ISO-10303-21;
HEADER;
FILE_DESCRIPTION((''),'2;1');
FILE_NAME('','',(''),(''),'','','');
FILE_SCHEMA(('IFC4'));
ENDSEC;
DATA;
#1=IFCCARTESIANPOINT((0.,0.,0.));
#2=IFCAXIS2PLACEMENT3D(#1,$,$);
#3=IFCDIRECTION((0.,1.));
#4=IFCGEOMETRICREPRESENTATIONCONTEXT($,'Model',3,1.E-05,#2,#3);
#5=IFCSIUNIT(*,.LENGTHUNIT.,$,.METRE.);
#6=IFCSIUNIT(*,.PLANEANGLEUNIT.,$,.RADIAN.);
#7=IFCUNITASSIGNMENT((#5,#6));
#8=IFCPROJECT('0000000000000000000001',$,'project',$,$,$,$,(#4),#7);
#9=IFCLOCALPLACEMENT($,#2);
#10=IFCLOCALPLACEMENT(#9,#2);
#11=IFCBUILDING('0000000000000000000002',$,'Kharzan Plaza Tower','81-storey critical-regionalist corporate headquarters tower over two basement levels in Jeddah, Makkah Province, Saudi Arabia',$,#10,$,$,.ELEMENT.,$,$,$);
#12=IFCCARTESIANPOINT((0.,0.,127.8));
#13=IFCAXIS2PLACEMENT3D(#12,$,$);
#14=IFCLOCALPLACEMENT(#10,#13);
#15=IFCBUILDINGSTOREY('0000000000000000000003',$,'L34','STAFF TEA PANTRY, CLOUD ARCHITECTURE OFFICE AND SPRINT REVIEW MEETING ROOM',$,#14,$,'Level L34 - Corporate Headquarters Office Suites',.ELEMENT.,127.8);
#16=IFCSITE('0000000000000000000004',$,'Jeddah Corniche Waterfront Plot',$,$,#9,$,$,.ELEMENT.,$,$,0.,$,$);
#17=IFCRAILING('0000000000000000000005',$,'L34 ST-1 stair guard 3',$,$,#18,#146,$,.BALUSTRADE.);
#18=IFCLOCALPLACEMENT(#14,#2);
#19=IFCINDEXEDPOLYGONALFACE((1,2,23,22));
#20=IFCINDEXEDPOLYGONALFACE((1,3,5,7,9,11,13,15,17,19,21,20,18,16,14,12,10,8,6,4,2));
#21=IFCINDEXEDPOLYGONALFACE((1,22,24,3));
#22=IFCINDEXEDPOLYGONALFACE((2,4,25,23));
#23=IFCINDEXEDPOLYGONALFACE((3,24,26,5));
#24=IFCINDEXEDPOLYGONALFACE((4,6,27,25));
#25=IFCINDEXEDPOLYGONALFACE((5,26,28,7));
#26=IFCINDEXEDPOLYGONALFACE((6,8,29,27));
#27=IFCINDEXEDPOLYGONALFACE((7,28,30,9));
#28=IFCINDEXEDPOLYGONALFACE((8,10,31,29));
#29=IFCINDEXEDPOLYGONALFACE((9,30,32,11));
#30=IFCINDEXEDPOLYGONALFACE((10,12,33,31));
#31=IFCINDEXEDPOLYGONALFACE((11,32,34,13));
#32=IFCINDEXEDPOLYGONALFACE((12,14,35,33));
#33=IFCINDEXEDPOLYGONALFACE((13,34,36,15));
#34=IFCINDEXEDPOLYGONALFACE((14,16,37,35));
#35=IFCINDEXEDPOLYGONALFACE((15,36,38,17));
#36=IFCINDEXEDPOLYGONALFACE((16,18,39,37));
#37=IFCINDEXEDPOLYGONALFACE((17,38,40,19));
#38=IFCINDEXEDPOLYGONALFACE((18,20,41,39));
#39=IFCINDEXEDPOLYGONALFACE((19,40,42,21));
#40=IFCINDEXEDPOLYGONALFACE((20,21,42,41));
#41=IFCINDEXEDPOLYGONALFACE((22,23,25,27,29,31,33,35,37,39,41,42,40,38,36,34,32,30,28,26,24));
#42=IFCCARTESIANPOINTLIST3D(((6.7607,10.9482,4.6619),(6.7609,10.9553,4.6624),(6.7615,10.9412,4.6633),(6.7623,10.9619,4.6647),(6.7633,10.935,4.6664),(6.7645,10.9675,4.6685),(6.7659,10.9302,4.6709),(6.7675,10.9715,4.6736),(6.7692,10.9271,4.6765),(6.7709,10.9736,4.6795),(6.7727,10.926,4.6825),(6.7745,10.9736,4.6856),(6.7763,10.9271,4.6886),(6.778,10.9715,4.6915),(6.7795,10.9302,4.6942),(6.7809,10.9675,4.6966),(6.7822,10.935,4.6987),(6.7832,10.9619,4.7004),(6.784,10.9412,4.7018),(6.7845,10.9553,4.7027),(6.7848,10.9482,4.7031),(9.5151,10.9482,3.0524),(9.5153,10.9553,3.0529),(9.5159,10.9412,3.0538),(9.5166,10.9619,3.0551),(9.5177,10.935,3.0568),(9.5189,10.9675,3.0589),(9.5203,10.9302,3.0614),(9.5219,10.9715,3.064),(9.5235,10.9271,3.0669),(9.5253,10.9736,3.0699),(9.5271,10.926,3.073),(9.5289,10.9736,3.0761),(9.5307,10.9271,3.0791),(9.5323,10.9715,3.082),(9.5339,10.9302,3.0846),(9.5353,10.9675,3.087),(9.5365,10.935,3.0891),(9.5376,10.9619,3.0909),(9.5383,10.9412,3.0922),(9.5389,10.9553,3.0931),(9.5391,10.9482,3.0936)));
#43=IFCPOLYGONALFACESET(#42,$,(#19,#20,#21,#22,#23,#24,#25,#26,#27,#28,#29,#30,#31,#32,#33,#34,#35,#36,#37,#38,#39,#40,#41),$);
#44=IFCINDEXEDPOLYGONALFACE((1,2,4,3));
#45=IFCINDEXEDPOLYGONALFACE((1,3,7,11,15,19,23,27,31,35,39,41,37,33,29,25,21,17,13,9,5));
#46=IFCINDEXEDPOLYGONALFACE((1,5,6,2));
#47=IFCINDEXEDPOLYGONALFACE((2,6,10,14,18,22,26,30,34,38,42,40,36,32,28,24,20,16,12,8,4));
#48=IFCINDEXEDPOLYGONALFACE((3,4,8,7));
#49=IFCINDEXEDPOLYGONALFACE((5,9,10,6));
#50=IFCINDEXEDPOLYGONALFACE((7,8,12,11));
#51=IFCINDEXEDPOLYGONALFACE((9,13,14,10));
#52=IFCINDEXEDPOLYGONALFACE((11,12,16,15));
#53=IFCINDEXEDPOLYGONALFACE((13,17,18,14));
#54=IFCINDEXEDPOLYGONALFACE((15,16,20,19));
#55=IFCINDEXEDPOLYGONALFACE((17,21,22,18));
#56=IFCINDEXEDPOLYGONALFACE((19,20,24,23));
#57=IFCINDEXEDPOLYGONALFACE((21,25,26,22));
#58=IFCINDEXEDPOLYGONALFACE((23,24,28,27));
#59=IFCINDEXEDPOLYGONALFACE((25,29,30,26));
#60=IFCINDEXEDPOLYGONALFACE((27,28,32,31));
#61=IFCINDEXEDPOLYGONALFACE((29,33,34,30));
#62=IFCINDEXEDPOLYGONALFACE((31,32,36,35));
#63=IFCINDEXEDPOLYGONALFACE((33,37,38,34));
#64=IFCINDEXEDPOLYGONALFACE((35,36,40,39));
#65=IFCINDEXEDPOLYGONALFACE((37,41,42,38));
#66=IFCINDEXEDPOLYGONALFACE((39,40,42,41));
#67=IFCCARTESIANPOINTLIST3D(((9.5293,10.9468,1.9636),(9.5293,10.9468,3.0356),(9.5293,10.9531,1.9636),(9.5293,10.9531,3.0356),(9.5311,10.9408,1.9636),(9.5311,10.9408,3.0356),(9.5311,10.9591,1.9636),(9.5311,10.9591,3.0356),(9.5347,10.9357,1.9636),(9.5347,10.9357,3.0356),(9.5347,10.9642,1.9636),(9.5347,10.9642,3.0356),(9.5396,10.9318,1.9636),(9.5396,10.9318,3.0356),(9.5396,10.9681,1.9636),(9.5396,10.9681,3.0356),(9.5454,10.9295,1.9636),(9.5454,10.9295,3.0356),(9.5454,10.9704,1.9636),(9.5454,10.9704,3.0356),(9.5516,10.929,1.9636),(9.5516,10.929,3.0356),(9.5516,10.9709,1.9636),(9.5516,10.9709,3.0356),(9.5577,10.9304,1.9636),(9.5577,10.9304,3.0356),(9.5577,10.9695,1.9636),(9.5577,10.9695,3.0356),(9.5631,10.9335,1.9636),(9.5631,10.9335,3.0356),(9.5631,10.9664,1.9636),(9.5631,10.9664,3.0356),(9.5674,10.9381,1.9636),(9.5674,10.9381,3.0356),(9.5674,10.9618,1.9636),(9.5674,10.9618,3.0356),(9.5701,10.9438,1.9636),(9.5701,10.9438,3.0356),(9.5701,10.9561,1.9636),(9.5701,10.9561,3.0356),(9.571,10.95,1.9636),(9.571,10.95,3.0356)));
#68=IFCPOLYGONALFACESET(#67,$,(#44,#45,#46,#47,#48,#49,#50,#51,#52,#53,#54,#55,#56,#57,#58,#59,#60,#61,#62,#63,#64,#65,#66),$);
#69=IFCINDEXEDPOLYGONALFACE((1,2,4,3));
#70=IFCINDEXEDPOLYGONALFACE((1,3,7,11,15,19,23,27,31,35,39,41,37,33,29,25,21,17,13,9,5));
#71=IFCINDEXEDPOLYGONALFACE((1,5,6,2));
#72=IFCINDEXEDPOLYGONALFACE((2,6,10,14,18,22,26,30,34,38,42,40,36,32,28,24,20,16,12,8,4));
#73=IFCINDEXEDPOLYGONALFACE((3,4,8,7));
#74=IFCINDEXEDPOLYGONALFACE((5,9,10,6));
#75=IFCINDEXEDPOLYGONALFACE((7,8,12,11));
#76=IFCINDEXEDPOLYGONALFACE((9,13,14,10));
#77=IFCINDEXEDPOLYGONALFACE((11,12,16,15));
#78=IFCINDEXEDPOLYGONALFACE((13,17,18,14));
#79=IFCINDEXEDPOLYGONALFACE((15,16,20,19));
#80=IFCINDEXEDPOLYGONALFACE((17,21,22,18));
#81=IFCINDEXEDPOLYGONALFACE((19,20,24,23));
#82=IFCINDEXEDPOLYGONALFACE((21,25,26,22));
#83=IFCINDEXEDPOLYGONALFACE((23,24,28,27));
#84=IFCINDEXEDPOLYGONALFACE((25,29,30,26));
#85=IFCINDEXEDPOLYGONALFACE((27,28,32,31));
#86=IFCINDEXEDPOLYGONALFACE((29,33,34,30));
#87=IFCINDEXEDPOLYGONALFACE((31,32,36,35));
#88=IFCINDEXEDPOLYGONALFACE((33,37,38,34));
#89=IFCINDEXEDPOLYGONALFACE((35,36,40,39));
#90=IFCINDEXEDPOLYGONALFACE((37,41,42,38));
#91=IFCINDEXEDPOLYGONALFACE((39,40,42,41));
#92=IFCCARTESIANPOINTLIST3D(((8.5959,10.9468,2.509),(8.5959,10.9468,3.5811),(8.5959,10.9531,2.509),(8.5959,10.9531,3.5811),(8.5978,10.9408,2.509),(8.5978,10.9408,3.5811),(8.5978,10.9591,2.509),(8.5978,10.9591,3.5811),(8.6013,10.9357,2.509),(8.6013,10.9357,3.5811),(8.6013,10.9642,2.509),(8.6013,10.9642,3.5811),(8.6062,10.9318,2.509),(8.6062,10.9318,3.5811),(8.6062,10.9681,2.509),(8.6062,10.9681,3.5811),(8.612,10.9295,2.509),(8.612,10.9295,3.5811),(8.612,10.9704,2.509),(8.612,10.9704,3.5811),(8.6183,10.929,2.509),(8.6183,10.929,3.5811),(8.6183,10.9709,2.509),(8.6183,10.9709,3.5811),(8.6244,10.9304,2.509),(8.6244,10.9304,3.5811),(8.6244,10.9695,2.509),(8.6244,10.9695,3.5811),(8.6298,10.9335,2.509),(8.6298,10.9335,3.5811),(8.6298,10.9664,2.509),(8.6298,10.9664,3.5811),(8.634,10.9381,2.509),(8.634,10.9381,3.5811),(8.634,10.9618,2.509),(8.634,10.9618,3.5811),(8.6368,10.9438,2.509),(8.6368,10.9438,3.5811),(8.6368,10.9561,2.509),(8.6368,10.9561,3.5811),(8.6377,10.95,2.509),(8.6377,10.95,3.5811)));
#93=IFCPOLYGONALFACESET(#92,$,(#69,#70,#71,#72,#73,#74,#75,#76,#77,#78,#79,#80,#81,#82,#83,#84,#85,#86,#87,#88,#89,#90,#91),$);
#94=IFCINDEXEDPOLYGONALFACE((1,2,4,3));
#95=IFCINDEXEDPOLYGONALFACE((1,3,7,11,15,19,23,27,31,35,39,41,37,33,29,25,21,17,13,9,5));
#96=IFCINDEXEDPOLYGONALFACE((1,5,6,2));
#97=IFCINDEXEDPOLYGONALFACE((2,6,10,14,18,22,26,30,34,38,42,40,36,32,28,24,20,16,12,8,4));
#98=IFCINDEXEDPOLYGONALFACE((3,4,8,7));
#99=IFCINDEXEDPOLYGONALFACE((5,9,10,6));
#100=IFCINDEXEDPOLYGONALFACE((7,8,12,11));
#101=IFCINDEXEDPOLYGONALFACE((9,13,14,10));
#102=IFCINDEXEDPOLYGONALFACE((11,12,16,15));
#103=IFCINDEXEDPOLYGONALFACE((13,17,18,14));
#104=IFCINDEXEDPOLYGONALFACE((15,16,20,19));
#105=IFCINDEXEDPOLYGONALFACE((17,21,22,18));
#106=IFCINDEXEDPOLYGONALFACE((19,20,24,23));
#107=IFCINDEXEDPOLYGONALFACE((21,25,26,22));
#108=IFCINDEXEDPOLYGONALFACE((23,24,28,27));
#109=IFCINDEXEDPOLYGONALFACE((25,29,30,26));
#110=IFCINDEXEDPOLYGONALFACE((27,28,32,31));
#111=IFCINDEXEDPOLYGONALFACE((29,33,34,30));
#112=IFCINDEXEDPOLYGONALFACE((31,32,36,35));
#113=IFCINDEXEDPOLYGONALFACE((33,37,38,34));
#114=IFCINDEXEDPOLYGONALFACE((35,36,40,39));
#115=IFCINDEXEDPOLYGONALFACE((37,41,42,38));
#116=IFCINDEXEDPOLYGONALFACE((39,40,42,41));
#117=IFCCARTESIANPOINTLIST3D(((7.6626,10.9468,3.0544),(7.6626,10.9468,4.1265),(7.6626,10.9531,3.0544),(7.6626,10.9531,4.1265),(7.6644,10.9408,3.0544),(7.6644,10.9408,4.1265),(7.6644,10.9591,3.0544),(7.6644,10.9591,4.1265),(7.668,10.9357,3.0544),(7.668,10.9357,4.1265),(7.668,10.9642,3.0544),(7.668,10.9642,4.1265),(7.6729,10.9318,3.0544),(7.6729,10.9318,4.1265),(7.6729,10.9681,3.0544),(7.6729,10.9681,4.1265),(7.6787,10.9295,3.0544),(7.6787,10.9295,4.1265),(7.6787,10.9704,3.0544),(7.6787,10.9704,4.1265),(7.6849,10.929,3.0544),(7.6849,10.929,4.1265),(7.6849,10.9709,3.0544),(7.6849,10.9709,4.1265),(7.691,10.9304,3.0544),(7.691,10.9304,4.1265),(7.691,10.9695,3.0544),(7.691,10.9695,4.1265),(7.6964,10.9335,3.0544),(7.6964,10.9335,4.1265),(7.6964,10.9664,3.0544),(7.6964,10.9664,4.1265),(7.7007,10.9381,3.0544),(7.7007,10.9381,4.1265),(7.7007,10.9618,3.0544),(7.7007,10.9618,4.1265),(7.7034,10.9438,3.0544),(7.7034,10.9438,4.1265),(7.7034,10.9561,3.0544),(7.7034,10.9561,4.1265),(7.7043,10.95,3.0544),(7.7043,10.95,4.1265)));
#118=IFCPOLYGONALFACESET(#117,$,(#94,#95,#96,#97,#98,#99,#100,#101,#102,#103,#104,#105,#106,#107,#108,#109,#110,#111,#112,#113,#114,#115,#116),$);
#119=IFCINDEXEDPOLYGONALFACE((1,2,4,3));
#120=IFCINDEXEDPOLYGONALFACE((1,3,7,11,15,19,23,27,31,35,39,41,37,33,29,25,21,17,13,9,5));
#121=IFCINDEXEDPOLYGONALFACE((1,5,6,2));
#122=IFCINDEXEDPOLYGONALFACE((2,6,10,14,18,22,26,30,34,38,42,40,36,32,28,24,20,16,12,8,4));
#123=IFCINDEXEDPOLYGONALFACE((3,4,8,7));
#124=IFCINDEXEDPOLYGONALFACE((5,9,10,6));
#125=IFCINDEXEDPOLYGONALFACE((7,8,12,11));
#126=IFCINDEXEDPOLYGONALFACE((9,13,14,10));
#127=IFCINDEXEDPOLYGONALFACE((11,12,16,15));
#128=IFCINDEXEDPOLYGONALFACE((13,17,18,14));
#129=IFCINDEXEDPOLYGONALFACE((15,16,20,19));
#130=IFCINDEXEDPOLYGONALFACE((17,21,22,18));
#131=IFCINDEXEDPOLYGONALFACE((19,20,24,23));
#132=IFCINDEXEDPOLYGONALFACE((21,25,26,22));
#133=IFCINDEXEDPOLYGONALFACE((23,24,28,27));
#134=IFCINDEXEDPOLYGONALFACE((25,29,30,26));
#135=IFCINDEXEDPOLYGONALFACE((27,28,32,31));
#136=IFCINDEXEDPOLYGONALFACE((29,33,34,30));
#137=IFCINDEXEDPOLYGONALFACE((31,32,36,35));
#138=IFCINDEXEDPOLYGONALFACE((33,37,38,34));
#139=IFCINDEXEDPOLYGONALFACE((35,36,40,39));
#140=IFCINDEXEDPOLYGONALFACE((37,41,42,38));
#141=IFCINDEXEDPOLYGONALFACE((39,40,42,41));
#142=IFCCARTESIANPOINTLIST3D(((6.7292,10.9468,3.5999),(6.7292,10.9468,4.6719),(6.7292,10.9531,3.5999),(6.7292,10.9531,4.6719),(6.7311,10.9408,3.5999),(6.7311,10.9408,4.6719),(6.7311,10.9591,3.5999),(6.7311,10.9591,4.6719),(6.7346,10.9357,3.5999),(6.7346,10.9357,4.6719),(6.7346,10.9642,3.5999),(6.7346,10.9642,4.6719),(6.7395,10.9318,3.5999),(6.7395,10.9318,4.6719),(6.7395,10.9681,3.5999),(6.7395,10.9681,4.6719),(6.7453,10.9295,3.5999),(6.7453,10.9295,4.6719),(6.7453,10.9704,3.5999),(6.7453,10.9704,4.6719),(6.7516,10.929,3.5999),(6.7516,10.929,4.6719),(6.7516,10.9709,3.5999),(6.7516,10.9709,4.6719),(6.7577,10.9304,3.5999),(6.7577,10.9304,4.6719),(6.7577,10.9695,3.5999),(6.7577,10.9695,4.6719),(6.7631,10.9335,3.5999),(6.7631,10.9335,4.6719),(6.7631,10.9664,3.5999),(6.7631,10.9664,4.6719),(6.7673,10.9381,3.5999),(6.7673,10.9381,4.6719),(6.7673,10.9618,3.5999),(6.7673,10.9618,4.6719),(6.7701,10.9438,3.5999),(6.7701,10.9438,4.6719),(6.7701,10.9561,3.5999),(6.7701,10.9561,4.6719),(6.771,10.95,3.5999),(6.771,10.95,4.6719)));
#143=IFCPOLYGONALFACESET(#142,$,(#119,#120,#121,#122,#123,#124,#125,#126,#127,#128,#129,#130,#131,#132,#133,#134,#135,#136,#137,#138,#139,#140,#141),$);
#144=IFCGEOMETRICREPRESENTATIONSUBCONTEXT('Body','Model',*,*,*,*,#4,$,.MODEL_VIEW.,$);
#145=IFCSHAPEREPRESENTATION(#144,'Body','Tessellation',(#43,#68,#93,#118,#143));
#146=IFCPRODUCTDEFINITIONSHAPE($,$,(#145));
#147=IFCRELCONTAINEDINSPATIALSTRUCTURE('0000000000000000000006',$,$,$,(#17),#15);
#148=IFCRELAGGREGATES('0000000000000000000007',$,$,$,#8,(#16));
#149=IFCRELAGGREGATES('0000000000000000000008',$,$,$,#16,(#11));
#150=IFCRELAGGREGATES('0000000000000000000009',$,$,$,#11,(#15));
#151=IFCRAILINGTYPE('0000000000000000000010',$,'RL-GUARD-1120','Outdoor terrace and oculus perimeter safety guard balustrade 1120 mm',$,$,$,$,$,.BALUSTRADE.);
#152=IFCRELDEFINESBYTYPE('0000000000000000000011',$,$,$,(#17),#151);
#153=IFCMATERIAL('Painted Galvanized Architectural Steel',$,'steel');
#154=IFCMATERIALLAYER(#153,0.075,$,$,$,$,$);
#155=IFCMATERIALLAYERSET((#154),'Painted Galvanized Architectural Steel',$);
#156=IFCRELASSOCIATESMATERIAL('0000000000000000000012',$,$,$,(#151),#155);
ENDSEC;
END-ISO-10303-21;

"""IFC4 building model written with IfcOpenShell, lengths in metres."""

from ifc_helpers import new_model, si_unit, direction, frame, origin, origin_2d, place, context, subcontext, project, spatial, circle, extrude, source, transform, mapped, material, layer, layer_set, type_object, element, save


model = new_model("IFC4")

# Units and contexts
model_context = context("Model", 3, precision=1e-05, world=origin(), true_north=direction((0.0, 1.0)))
body_context = subcontext(model_context, "Body", "Model", "MODEL_VIEW")
ifc_project = project(units=[si_unit("LENGTHUNIT", "METRE"), si_unit("PLANEANGLEUNIT", "RADIAN")], contexts=[model_context])

# Site, building, storey
site_placement = place(None, origin())
site = spatial("IfcSite", under=ifc_project, at=site_placement, Name="Jeddah Corniche Waterfront Plot", CompositionType="ELEMENT", RefElevation=0.0)
building_placement = place(site_placement, origin())
building = spatial("IfcBuilding", under=site, at=building_placement, Name="Kharzan Plaza Tower", Description="81-storey critical-regionalist corporate headquarters tower over two basement levels in Jeddah, Makkah Province, Saudi Arabia", CompositionType="ELEMENT")
storey_placement = place(building_placement, frame((0.0, 0.0, 127.8)))
storey = spatial("IfcBuildingStorey", under=building, at=storey_placement, Name="L34", Description="STAFF TEA PANTRY, CLOUD ARCHITECTURE OFFICE AND SPRINT REVIEW MEETING ROOM", LongName="Level L34 - Corporate Headquarters Office Suites", CompositionType="ELEMENT", Elevation=127.8)

# Railing
ifc_material_1 = material(Name="Painted Galvanized Architectural Steel", Category="steel")
ifc_layer_1 = layer(ifc_material_1, 0.075)
ifc_layer_set_1 = layer_set([ifc_layer_1], Name="Painted Galvanized Architectural Steel")
railing_type = type_object("IfcRailingType", Name="RL-GUARD-1120", Description="Outdoor terrace and oculus perimeter safety guard balustrade 1120 mm", PredefinedType="BALUSTRADE", material=ifc_layer_set_1)
shared_shape_1 = source(origin(), body_context, "Body", "SweptSolid", [
    extrude(circle(Radius=0.0239, at=origin_2d()), frame((-0.0229, 0.0, 1.1094), z_axis=(-0.863394, 0.0, 0.504531), x_axis=(0.0, -1.0, 0.0)), (0.0, 0.0, 1.0), 3.1902),
    extrude(circle(Radius=0.021, at=origin_2d()), origin(), (0.0, 0.0, 1.0), 1.072),
    extrude(circle(Radius=0.021, at=origin_2d()), frame((-0.9333, 0.0, 0.5454)), (0.0, 0.0, 1.0), 1.072),
    extrude(circle(Radius=0.021, at=origin_2d()), frame((-1.8667, 0.0, 1.0908)), (0.0, 0.0, 1.0), 1.072),
    extrude(circle(Radius=0.021, at=origin_2d()), frame((-2.8, 0.0, 1.6362)), (0.0, 0.0, 1.0), 1.072),
])
railing_placement = place(storey_placement, frame((9.55, 10.95, 1.9636)))
element("IfcRailing", 1, at=railing_placement, inside=storey, type_object=railing_type, Name="L34 ST-1 stair guard 3", PredefinedType="BALUSTRADE", context=body_context, shape_type="MappedRepresentation", body=[
    mapped(shared_shape_1, transform((0.0, 0.0, 0.0), x_axis=(1.0, 0.0, 0.0), y_axis=(0.0, 1.0, 0.0), z_axis=(0.0, 0.0, 1.0))),
])

save(model, "model.ifc")
